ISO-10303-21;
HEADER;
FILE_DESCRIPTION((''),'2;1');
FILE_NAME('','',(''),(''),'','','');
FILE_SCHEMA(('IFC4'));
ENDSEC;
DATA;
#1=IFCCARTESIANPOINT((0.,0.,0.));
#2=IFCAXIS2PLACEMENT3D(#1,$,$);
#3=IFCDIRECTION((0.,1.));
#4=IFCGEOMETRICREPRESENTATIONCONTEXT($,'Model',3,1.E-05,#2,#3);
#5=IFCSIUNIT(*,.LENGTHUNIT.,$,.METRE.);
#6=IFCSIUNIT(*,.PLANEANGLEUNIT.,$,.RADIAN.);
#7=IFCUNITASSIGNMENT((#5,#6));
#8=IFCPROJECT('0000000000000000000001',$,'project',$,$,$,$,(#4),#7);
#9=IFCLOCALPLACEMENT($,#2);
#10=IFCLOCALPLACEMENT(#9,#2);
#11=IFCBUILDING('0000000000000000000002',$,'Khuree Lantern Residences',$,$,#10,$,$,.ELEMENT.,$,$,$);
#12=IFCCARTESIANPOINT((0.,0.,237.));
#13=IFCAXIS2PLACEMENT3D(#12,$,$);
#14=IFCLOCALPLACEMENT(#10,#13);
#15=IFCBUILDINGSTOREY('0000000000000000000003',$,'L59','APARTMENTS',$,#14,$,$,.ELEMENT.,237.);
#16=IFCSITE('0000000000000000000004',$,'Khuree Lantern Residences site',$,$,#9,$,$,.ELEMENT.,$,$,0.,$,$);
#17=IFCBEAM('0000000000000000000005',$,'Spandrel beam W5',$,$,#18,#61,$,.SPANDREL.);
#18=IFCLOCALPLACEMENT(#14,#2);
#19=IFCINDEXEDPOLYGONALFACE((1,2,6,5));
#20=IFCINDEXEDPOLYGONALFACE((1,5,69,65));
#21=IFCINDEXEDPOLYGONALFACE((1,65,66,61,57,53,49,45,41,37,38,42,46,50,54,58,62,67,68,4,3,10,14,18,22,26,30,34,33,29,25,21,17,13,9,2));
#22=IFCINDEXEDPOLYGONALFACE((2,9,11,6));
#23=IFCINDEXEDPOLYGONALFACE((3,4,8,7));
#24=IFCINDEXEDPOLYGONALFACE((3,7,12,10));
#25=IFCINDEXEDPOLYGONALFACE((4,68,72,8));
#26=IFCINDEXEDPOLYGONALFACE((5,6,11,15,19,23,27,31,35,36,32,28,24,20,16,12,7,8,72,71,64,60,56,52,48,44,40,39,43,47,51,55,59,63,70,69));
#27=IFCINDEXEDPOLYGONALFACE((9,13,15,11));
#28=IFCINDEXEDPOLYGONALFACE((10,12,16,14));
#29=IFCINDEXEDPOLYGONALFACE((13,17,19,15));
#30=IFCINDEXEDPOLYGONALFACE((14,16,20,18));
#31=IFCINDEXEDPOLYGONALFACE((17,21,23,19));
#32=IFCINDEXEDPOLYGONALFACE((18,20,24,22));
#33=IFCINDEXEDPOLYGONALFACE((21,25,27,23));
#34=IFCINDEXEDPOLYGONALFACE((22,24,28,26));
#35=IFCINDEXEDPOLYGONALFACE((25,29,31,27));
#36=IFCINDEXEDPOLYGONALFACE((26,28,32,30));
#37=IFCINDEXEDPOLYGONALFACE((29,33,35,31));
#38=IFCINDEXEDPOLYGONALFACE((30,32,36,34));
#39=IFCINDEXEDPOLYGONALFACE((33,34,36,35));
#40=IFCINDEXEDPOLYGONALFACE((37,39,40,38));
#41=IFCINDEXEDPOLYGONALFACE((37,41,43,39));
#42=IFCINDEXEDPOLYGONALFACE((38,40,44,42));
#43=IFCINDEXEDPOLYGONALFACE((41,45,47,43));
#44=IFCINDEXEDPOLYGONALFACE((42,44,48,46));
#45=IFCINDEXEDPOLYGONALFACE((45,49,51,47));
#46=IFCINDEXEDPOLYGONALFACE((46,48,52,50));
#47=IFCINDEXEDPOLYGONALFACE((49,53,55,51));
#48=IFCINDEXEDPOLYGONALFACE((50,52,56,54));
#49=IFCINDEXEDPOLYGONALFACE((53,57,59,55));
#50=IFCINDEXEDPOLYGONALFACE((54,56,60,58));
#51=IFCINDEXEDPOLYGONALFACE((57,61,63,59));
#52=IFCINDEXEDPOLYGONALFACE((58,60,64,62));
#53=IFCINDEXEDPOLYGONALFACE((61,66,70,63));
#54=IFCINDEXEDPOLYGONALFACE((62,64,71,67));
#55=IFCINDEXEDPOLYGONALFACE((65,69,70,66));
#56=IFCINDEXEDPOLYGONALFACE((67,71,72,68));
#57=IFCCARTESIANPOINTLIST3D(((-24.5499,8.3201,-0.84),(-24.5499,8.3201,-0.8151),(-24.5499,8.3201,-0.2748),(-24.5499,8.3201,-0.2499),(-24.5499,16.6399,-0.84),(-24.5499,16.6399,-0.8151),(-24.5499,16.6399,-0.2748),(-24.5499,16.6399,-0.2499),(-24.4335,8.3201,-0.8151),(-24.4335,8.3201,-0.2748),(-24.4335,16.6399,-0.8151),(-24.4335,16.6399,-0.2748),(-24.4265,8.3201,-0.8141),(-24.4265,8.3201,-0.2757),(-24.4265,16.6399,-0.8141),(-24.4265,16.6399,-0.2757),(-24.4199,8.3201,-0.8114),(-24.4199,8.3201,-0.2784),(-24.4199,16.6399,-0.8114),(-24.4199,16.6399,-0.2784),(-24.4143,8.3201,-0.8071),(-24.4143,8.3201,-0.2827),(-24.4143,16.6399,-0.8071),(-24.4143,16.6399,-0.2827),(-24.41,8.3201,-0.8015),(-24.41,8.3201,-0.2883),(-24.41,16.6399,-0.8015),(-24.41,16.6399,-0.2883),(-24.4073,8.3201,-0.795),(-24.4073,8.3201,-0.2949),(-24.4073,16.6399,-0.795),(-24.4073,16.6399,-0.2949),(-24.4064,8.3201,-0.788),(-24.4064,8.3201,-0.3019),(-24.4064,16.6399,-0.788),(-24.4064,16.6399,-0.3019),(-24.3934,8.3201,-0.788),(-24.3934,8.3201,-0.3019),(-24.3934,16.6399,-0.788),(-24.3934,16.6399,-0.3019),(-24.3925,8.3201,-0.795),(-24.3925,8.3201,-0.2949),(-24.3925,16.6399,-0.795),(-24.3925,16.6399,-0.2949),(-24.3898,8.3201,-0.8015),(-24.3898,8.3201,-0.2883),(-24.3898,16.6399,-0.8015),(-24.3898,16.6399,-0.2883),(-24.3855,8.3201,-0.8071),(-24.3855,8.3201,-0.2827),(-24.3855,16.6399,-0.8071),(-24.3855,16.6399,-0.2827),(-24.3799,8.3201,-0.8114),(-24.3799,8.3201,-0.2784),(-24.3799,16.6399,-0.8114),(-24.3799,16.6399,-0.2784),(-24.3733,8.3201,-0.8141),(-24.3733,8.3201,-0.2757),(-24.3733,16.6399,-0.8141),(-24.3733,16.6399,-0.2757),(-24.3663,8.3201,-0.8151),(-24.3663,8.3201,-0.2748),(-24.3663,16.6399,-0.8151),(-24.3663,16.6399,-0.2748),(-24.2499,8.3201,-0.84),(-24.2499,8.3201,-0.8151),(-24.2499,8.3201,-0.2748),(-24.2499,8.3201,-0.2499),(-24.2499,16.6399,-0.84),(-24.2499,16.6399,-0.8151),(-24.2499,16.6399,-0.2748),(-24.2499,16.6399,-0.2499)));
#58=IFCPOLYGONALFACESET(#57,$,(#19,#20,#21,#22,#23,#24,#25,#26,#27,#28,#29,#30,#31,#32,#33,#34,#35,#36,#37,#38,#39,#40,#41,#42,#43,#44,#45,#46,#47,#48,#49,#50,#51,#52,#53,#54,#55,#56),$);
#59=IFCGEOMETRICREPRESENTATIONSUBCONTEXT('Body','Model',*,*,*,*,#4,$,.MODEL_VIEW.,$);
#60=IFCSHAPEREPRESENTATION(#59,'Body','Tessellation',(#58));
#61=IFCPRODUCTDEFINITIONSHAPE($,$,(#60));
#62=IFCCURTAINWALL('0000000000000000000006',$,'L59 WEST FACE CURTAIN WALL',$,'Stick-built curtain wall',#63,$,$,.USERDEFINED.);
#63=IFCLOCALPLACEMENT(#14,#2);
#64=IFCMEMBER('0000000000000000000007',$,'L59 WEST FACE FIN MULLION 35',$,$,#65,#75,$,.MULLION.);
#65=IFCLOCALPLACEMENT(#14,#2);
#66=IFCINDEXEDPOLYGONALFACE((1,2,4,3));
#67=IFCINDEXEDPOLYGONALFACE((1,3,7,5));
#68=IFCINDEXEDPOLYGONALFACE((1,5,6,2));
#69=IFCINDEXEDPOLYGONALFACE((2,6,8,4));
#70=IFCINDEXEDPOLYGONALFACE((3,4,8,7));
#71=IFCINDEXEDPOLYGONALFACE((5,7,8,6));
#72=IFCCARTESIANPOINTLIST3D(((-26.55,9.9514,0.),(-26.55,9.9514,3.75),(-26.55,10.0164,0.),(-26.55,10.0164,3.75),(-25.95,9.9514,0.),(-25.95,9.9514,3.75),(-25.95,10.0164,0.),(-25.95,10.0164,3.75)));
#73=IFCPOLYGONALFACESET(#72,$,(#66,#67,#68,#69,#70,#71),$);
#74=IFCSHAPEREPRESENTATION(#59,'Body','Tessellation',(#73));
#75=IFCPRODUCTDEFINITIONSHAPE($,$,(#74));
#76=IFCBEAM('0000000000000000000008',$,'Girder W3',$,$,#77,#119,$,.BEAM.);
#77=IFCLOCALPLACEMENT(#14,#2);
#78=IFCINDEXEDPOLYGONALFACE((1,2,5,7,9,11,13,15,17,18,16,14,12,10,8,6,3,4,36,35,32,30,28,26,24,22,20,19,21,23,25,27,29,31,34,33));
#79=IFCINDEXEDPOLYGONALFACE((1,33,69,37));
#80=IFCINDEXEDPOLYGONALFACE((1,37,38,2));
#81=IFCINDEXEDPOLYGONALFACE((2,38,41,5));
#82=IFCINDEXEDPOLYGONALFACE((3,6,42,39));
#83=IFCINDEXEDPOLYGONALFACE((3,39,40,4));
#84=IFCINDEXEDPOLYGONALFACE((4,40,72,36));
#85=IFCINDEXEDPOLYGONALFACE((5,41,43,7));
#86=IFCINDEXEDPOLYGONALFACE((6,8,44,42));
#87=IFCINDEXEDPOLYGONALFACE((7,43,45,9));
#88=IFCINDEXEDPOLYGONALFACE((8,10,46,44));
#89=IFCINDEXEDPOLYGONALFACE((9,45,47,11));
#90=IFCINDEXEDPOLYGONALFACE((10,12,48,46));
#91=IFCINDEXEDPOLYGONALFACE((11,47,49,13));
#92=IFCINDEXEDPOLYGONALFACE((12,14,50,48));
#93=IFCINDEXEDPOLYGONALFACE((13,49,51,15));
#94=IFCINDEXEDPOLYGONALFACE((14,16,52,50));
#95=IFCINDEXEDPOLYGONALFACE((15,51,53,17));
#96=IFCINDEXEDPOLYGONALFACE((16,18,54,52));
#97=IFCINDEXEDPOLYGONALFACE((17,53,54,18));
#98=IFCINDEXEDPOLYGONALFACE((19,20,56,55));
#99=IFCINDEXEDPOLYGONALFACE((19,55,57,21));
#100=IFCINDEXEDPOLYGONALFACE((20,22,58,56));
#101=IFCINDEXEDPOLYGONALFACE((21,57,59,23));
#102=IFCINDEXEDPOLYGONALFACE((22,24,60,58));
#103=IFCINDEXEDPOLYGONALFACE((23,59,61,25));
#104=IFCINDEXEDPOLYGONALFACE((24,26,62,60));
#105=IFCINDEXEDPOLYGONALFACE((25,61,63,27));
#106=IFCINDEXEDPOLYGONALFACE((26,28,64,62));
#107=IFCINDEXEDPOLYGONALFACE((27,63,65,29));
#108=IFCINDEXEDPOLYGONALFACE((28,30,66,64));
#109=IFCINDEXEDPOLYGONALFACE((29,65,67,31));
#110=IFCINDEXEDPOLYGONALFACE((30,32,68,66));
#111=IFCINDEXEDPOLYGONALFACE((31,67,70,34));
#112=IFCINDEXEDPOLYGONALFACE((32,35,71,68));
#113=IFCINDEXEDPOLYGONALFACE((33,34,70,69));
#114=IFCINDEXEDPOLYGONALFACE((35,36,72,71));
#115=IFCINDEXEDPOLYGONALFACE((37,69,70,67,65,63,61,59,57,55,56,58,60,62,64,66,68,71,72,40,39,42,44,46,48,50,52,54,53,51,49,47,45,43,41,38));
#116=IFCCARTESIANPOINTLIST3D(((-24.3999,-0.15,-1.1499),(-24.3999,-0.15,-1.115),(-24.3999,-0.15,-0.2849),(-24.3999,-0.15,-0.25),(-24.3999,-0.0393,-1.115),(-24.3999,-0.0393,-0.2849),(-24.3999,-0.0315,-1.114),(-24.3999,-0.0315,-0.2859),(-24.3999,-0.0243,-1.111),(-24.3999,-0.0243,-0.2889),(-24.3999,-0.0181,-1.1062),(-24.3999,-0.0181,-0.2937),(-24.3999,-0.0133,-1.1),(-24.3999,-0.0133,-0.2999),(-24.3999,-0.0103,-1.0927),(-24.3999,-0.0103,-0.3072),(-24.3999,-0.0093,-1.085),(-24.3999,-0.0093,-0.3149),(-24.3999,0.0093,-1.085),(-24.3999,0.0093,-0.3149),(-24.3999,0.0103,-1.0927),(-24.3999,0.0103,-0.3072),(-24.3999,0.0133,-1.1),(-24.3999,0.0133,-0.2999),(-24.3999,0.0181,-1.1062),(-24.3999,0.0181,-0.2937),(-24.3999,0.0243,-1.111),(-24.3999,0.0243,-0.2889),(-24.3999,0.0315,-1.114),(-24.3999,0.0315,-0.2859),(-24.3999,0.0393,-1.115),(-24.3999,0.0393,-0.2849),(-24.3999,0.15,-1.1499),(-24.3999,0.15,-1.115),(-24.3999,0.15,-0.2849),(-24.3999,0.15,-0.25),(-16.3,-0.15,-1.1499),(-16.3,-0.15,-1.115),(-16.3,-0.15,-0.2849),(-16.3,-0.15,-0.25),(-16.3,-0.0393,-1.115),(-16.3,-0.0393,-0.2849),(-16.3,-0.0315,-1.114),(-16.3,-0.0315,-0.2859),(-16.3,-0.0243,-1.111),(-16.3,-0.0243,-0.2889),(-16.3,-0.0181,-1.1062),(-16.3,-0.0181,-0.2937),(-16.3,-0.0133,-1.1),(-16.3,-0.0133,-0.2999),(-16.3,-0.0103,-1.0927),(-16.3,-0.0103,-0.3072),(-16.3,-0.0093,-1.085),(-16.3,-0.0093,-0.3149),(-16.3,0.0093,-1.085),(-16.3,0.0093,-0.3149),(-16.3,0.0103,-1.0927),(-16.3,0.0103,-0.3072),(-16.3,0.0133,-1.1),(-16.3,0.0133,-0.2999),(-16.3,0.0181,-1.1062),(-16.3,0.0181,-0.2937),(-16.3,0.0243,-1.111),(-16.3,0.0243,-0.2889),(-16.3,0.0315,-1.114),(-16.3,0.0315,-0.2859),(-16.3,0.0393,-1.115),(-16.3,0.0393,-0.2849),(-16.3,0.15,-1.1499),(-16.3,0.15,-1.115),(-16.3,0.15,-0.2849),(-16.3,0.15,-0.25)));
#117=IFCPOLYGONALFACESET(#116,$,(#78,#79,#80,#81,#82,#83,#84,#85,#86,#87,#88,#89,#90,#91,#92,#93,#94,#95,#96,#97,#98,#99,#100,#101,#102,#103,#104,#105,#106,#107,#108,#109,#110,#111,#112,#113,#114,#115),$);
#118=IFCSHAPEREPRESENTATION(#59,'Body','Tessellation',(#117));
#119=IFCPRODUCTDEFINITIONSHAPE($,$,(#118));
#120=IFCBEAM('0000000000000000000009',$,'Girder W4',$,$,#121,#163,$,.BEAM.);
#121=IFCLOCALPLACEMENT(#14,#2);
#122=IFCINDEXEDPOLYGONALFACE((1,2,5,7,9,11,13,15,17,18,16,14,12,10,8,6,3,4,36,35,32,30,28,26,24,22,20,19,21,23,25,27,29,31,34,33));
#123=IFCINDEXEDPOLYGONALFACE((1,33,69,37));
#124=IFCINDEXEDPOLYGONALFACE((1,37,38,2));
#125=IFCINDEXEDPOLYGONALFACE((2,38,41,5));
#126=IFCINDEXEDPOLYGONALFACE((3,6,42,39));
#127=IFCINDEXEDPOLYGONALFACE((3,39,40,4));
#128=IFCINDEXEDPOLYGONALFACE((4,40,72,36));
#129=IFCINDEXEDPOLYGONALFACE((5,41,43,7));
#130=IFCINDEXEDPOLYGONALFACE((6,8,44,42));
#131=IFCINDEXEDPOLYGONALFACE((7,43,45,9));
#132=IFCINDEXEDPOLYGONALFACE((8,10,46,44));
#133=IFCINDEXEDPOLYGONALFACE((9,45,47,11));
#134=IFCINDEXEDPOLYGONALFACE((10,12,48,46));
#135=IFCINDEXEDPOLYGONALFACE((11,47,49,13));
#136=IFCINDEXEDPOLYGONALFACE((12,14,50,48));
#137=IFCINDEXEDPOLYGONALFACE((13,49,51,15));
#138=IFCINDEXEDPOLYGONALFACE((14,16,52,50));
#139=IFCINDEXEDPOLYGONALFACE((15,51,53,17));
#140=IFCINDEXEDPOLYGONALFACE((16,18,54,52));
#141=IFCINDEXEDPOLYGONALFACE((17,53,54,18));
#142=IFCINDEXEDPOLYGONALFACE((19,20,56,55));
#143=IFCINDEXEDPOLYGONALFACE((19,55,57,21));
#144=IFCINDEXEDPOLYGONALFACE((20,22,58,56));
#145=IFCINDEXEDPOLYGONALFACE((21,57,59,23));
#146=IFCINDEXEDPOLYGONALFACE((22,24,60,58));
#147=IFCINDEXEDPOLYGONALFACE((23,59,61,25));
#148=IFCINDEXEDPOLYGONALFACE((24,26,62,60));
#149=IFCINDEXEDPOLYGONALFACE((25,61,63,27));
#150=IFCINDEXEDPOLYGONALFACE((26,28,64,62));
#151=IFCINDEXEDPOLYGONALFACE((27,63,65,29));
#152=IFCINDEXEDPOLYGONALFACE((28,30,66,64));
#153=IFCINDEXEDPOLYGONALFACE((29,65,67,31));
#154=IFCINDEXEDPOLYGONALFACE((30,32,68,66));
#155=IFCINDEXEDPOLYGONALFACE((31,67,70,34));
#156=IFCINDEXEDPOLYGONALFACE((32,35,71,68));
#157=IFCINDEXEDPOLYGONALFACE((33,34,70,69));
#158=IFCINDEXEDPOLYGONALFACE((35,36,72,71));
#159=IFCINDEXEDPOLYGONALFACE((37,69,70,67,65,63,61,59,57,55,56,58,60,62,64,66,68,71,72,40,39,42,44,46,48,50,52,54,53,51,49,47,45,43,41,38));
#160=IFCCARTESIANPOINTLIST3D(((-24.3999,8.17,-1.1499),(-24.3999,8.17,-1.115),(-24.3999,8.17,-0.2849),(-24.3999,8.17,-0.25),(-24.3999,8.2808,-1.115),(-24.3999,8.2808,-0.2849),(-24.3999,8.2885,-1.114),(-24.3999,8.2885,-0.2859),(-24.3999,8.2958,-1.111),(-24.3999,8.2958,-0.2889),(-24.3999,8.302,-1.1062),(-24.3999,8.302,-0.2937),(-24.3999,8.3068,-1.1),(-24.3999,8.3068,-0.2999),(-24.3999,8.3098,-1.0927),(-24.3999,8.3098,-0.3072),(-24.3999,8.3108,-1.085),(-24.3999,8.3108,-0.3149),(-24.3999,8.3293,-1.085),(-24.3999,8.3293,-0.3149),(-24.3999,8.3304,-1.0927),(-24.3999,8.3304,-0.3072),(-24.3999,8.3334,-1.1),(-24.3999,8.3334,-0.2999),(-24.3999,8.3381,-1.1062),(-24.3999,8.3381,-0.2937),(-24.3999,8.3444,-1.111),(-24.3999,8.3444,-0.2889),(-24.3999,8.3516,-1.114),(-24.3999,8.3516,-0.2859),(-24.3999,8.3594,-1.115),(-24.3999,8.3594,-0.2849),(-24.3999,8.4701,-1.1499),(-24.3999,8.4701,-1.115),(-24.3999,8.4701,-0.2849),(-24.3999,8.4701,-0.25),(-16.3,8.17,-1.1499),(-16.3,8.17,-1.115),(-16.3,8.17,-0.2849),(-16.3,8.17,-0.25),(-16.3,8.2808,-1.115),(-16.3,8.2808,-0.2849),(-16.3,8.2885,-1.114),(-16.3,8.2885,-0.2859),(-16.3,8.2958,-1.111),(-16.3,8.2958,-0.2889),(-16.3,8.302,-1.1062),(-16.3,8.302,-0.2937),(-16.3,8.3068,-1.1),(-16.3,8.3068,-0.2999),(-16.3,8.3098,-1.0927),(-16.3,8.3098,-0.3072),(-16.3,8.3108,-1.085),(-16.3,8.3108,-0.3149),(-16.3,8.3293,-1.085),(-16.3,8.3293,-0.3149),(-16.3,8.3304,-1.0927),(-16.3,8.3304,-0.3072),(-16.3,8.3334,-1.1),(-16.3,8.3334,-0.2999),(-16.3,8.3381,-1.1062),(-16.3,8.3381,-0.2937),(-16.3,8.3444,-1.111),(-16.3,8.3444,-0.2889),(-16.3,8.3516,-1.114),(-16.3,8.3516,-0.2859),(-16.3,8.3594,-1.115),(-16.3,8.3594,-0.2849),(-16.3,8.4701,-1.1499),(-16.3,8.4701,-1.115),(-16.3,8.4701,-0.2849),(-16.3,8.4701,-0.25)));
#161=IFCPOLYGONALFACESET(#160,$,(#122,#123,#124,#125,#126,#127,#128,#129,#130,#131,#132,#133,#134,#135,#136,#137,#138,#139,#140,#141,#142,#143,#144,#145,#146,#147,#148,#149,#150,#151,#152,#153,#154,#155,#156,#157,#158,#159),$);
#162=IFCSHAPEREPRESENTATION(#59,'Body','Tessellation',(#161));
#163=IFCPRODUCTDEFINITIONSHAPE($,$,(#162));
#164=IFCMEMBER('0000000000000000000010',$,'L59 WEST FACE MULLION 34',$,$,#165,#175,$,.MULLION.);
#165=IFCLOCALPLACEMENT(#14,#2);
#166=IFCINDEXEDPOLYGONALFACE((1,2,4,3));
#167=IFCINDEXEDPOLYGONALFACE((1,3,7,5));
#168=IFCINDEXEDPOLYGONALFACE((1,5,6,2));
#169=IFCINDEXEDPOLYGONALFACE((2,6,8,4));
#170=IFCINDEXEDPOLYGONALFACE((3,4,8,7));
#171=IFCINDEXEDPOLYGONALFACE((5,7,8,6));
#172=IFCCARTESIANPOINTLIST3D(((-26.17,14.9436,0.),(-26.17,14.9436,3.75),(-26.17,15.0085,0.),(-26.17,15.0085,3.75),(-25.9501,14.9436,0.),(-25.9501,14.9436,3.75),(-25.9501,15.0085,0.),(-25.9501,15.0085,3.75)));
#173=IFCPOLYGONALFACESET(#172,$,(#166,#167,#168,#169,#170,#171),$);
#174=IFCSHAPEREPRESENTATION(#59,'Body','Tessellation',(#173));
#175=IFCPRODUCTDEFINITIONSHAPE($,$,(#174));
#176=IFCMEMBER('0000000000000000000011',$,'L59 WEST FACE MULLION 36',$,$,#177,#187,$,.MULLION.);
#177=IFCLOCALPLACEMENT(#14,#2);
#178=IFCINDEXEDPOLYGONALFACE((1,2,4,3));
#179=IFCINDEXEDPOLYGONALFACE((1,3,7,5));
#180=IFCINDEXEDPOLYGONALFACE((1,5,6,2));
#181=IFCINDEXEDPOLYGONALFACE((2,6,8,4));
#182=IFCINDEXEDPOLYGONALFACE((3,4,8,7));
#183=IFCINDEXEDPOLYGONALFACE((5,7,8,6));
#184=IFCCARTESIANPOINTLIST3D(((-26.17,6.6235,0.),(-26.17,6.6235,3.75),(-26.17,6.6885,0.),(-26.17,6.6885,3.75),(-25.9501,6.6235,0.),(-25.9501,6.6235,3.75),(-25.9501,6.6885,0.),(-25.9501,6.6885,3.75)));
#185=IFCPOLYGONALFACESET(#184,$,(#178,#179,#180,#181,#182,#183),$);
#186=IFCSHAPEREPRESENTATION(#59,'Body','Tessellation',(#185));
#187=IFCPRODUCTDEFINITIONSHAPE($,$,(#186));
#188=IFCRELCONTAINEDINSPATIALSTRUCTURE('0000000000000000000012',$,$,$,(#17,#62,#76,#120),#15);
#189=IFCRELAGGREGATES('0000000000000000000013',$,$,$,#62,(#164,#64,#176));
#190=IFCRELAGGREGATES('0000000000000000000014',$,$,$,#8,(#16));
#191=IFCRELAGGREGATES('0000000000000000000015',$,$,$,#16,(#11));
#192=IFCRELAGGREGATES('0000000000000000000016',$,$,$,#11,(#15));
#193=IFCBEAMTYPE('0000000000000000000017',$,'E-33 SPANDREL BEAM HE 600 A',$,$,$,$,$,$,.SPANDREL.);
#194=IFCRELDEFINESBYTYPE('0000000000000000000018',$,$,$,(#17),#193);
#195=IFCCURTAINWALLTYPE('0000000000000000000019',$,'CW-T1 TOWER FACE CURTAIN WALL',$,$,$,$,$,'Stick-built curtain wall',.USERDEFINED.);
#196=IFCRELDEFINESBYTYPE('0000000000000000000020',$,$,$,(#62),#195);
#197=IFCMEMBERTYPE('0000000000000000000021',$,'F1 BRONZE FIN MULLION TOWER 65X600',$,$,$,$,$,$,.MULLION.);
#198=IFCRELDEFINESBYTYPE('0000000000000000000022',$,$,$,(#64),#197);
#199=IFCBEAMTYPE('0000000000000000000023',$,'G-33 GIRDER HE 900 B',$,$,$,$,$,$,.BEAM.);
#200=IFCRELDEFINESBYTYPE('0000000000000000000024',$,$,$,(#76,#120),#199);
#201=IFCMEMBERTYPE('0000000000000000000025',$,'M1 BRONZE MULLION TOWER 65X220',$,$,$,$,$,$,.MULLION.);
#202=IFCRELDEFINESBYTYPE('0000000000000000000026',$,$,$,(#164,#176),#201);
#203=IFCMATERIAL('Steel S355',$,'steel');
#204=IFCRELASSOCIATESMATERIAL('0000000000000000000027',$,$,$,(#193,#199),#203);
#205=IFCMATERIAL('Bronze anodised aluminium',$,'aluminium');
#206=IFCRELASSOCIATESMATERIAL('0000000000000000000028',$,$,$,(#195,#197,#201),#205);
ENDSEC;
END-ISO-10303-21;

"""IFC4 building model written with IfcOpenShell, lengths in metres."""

from ifc_helpers import new_model, si_unit, direction, frame, origin, origin_2d, place, context, subcontext, project, spatial, rectangle, i_section, extrude, material, material_profile, profile_set, type_object, element, aggregate, save


model = new_model("IFC4")

# Units and contexts
model_context = context("Model", 3, precision=1e-05, world=origin(), true_north=direction((0.0, 1.0)))
body_context = subcontext(model_context, "Body", "Model", "MODEL_VIEW")
ifc_project = project(units=[si_unit("LENGTHUNIT", "METRE"), si_unit("PLANEANGLEUNIT", "RADIAN")], contexts=[model_context])

# Site, building, storey
site_placement = place(None, origin())
site = spatial("IfcSite", under=ifc_project, at=site_placement, Name="Khuree Lantern Residences site", CompositionType="ELEMENT", RefElevation=0.0)
building_placement = place(site_placement, origin())
building = spatial("IfcBuilding", under=site, at=building_placement, Name="Khuree Lantern Residences", CompositionType="ELEMENT")
storey_placement = place(building_placement, frame((0.0, 0.0, 237.0)))
storey = spatial("IfcBuildingStorey", under=building, at=storey_placement, Name="L59", Description="APARTMENTS", CompositionType="ELEMENT", Elevation=237.0)

# Beam
ifc_material_1 = material(Name="Steel S355", Category="steel")
ifc_material_profile_1 = material_profile(ifc_material_1, i_section(OverallWidth=0.3, OverallDepth=0.5901, WebThickness=0.0129, FlangeThickness=0.0249, FilletRadius=0.0271, at=origin_2d()), Name="HE 600 A")
ifc_profile_set_1 = profile_set([ifc_material_profile_1], Name="Steel S355")
beam_type_1 = type_object("IfcBeamType", Name="E-33 SPANDREL BEAM HE 600 A", PredefinedType="SPANDREL", material=ifc_profile_set_1)
beam_1_placement = place(storey_placement, frame((-24.3999, 8.3201, -0.5449), z_axis=(0.0, 1.0, 0.0), x_axis=(-1.0, 0.0, 0.0)))
element("IfcBeam", 1, at=beam_1_placement, inside=storey, type_object=beam_type_1, Name="Spandrel beam W5", PredefinedType="SPANDREL", context=body_context, shape_type="SweptSolid", body=[
    extrude(i_section(OverallWidth=0.3, OverallDepth=0.5901, WebThickness=0.0129, FlangeThickness=0.0249, FilletRadius=0.0271, at=origin_2d()), origin(), (0.0, 0.0, 1.0), 8.3198),
])

# Curtain wall, member
ifc_material_2 = material(Name="Bronze anodised aluminium", Category="aluminium")
curtain_wall_type = type_object("IfcCurtainWallType", Name="CW-T1 TOWER FACE CURTAIN WALL", ElementType="Stick-built curtain wall", PredefinedType="USERDEFINED", material=ifc_material_2)
curtain_wall_placement = place(storey_placement, origin())
curtain_wall = element("IfcCurtainWall", 2, at=curtain_wall_placement, inside=storey, type_object=curtain_wall_type, Name="L59 WEST FACE CURTAIN WALL", ObjectType="Stick-built curtain wall", PredefinedType="USERDEFINED")
ifc_material_profile_2 = material_profile(ifc_material_2, rectangle(XDim=0.0649, YDim=0.6001, at=origin_2d()), Name="F1 65X600")
ifc_profile_set_2 = profile_set([ifc_material_profile_2], Name="Bronze anodised aluminium")
member_type_1 = type_object("IfcMemberType", Name="F1 BRONZE FIN MULLION TOWER 65X600", PredefinedType="MULLION", material=ifc_profile_set_2)
member_1_placement = place(storey_placement, frame((-26.25, 9.9839, 0.0), z_axis=(0.0, 0.0, 1.0), x_axis=(0.0, -1.0, 0.0)))
member_1 = element("IfcMember", 3, at=member_1_placement, type_object=member_type_1, Name="L59 WEST FACE FIN MULLION 35", PredefinedType="MULLION", context=body_context, shape_type="SweptSolid", body=[
    extrude(rectangle(XDim=0.0649, YDim=0.6001, at=origin_2d()), origin(), (0.0, 0.0, 1.0), 3.75),
])

# Beams
ifc_material_profile_3 = material_profile(ifc_material_1, i_section(OverallWidth=0.3, OverallDepth=0.8999, WebThickness=0.0186, FlangeThickness=0.0349, FilletRadius=0.03, at=origin_2d()), Name="HE 900 B")
ifc_profile_set_3 = profile_set([ifc_material_profile_3], Name="Steel S355")
beam_type_2 = type_object("IfcBeamType", Name="G-33 GIRDER HE 900 B", PredefinedType="BEAM", material=ifc_profile_set_3)
for number, where, z_axis, x_axis, name in (
    (4, (-24.3999, 0.0, -0.7), (1.0, 0.0, 0.0), (0.0, 1.0, 0.0), "Girder W3"),
    (5, (-24.3999, 8.3201, -0.7), (1.0, 0.0, 0.0), (0.0, 1.0, 0.0), "Girder W4"),
):
    element("IfcBeam", number, at=place(storey_placement, frame(where, z_axis=z_axis, x_axis=x_axis)), inside=storey, type_object=beam_type_2, Name=name, PredefinedType="BEAM", context=body_context, shape_type="SweptSolid", body=[
        extrude(i_section(OverallWidth=0.3, OverallDepth=0.8999, WebThickness=0.0186, FlangeThickness=0.0349, FilletRadius=0.03, at=origin_2d()), origin(), (0.0, 0.0, 1.0), 8.0999),
    ])

# Members
ifc_material_profile_4 = material_profile(ifc_material_2, rectangle(XDim=0.0649, YDim=0.22, at=origin_2d()), Name="M1 65X220")
ifc_profile_set_4 = profile_set([ifc_material_profile_4], Name="Bronze anodised aluminium")
member_type_2 = type_object("IfcMemberType", Name="M1 BRONZE MULLION TOWER 65X220", PredefinedType="MULLION", material=ifc_profile_set_4)
member_2_placement = place(storey_placement, frame((-26.0601, 14.9761, 0.0), z_axis=(0.0, 0.0, 1.0), x_axis=(0.0, -1.0, 0.0)))
member_2 = element("IfcMember", 6, at=member_2_placement, type_object=member_type_2, Name="L59 WEST FACE MULLION 34", PredefinedType="MULLION", context=body_context, shape_type="SweptSolid", body=[
    extrude(rectangle(XDim=0.0649, YDim=0.22, at=origin_2d()), origin(), (0.0, 0.0, 1.0), 3.75),
])
member_3_placement = place(storey_placement, frame((-26.0601, 6.656, 0.0), z_axis=(0.0, 0.0, 1.0), x_axis=(0.0, -1.0, 0.0)))
member_3 = element("IfcMember", 7, at=member_3_placement, type_object=member_type_2, Name="L59 WEST FACE MULLION 36", PredefinedType="MULLION", context=body_context, shape_type="SweptSolid", body=[
    extrude(rectangle(XDim=0.0649, YDim=0.22, at=origin_2d()), origin(), (0.0, 0.0, 1.0), 3.75),
])

aggregate(curtain_wall, [member_2, member_1, member_3])

save(model, "model.ifc")
